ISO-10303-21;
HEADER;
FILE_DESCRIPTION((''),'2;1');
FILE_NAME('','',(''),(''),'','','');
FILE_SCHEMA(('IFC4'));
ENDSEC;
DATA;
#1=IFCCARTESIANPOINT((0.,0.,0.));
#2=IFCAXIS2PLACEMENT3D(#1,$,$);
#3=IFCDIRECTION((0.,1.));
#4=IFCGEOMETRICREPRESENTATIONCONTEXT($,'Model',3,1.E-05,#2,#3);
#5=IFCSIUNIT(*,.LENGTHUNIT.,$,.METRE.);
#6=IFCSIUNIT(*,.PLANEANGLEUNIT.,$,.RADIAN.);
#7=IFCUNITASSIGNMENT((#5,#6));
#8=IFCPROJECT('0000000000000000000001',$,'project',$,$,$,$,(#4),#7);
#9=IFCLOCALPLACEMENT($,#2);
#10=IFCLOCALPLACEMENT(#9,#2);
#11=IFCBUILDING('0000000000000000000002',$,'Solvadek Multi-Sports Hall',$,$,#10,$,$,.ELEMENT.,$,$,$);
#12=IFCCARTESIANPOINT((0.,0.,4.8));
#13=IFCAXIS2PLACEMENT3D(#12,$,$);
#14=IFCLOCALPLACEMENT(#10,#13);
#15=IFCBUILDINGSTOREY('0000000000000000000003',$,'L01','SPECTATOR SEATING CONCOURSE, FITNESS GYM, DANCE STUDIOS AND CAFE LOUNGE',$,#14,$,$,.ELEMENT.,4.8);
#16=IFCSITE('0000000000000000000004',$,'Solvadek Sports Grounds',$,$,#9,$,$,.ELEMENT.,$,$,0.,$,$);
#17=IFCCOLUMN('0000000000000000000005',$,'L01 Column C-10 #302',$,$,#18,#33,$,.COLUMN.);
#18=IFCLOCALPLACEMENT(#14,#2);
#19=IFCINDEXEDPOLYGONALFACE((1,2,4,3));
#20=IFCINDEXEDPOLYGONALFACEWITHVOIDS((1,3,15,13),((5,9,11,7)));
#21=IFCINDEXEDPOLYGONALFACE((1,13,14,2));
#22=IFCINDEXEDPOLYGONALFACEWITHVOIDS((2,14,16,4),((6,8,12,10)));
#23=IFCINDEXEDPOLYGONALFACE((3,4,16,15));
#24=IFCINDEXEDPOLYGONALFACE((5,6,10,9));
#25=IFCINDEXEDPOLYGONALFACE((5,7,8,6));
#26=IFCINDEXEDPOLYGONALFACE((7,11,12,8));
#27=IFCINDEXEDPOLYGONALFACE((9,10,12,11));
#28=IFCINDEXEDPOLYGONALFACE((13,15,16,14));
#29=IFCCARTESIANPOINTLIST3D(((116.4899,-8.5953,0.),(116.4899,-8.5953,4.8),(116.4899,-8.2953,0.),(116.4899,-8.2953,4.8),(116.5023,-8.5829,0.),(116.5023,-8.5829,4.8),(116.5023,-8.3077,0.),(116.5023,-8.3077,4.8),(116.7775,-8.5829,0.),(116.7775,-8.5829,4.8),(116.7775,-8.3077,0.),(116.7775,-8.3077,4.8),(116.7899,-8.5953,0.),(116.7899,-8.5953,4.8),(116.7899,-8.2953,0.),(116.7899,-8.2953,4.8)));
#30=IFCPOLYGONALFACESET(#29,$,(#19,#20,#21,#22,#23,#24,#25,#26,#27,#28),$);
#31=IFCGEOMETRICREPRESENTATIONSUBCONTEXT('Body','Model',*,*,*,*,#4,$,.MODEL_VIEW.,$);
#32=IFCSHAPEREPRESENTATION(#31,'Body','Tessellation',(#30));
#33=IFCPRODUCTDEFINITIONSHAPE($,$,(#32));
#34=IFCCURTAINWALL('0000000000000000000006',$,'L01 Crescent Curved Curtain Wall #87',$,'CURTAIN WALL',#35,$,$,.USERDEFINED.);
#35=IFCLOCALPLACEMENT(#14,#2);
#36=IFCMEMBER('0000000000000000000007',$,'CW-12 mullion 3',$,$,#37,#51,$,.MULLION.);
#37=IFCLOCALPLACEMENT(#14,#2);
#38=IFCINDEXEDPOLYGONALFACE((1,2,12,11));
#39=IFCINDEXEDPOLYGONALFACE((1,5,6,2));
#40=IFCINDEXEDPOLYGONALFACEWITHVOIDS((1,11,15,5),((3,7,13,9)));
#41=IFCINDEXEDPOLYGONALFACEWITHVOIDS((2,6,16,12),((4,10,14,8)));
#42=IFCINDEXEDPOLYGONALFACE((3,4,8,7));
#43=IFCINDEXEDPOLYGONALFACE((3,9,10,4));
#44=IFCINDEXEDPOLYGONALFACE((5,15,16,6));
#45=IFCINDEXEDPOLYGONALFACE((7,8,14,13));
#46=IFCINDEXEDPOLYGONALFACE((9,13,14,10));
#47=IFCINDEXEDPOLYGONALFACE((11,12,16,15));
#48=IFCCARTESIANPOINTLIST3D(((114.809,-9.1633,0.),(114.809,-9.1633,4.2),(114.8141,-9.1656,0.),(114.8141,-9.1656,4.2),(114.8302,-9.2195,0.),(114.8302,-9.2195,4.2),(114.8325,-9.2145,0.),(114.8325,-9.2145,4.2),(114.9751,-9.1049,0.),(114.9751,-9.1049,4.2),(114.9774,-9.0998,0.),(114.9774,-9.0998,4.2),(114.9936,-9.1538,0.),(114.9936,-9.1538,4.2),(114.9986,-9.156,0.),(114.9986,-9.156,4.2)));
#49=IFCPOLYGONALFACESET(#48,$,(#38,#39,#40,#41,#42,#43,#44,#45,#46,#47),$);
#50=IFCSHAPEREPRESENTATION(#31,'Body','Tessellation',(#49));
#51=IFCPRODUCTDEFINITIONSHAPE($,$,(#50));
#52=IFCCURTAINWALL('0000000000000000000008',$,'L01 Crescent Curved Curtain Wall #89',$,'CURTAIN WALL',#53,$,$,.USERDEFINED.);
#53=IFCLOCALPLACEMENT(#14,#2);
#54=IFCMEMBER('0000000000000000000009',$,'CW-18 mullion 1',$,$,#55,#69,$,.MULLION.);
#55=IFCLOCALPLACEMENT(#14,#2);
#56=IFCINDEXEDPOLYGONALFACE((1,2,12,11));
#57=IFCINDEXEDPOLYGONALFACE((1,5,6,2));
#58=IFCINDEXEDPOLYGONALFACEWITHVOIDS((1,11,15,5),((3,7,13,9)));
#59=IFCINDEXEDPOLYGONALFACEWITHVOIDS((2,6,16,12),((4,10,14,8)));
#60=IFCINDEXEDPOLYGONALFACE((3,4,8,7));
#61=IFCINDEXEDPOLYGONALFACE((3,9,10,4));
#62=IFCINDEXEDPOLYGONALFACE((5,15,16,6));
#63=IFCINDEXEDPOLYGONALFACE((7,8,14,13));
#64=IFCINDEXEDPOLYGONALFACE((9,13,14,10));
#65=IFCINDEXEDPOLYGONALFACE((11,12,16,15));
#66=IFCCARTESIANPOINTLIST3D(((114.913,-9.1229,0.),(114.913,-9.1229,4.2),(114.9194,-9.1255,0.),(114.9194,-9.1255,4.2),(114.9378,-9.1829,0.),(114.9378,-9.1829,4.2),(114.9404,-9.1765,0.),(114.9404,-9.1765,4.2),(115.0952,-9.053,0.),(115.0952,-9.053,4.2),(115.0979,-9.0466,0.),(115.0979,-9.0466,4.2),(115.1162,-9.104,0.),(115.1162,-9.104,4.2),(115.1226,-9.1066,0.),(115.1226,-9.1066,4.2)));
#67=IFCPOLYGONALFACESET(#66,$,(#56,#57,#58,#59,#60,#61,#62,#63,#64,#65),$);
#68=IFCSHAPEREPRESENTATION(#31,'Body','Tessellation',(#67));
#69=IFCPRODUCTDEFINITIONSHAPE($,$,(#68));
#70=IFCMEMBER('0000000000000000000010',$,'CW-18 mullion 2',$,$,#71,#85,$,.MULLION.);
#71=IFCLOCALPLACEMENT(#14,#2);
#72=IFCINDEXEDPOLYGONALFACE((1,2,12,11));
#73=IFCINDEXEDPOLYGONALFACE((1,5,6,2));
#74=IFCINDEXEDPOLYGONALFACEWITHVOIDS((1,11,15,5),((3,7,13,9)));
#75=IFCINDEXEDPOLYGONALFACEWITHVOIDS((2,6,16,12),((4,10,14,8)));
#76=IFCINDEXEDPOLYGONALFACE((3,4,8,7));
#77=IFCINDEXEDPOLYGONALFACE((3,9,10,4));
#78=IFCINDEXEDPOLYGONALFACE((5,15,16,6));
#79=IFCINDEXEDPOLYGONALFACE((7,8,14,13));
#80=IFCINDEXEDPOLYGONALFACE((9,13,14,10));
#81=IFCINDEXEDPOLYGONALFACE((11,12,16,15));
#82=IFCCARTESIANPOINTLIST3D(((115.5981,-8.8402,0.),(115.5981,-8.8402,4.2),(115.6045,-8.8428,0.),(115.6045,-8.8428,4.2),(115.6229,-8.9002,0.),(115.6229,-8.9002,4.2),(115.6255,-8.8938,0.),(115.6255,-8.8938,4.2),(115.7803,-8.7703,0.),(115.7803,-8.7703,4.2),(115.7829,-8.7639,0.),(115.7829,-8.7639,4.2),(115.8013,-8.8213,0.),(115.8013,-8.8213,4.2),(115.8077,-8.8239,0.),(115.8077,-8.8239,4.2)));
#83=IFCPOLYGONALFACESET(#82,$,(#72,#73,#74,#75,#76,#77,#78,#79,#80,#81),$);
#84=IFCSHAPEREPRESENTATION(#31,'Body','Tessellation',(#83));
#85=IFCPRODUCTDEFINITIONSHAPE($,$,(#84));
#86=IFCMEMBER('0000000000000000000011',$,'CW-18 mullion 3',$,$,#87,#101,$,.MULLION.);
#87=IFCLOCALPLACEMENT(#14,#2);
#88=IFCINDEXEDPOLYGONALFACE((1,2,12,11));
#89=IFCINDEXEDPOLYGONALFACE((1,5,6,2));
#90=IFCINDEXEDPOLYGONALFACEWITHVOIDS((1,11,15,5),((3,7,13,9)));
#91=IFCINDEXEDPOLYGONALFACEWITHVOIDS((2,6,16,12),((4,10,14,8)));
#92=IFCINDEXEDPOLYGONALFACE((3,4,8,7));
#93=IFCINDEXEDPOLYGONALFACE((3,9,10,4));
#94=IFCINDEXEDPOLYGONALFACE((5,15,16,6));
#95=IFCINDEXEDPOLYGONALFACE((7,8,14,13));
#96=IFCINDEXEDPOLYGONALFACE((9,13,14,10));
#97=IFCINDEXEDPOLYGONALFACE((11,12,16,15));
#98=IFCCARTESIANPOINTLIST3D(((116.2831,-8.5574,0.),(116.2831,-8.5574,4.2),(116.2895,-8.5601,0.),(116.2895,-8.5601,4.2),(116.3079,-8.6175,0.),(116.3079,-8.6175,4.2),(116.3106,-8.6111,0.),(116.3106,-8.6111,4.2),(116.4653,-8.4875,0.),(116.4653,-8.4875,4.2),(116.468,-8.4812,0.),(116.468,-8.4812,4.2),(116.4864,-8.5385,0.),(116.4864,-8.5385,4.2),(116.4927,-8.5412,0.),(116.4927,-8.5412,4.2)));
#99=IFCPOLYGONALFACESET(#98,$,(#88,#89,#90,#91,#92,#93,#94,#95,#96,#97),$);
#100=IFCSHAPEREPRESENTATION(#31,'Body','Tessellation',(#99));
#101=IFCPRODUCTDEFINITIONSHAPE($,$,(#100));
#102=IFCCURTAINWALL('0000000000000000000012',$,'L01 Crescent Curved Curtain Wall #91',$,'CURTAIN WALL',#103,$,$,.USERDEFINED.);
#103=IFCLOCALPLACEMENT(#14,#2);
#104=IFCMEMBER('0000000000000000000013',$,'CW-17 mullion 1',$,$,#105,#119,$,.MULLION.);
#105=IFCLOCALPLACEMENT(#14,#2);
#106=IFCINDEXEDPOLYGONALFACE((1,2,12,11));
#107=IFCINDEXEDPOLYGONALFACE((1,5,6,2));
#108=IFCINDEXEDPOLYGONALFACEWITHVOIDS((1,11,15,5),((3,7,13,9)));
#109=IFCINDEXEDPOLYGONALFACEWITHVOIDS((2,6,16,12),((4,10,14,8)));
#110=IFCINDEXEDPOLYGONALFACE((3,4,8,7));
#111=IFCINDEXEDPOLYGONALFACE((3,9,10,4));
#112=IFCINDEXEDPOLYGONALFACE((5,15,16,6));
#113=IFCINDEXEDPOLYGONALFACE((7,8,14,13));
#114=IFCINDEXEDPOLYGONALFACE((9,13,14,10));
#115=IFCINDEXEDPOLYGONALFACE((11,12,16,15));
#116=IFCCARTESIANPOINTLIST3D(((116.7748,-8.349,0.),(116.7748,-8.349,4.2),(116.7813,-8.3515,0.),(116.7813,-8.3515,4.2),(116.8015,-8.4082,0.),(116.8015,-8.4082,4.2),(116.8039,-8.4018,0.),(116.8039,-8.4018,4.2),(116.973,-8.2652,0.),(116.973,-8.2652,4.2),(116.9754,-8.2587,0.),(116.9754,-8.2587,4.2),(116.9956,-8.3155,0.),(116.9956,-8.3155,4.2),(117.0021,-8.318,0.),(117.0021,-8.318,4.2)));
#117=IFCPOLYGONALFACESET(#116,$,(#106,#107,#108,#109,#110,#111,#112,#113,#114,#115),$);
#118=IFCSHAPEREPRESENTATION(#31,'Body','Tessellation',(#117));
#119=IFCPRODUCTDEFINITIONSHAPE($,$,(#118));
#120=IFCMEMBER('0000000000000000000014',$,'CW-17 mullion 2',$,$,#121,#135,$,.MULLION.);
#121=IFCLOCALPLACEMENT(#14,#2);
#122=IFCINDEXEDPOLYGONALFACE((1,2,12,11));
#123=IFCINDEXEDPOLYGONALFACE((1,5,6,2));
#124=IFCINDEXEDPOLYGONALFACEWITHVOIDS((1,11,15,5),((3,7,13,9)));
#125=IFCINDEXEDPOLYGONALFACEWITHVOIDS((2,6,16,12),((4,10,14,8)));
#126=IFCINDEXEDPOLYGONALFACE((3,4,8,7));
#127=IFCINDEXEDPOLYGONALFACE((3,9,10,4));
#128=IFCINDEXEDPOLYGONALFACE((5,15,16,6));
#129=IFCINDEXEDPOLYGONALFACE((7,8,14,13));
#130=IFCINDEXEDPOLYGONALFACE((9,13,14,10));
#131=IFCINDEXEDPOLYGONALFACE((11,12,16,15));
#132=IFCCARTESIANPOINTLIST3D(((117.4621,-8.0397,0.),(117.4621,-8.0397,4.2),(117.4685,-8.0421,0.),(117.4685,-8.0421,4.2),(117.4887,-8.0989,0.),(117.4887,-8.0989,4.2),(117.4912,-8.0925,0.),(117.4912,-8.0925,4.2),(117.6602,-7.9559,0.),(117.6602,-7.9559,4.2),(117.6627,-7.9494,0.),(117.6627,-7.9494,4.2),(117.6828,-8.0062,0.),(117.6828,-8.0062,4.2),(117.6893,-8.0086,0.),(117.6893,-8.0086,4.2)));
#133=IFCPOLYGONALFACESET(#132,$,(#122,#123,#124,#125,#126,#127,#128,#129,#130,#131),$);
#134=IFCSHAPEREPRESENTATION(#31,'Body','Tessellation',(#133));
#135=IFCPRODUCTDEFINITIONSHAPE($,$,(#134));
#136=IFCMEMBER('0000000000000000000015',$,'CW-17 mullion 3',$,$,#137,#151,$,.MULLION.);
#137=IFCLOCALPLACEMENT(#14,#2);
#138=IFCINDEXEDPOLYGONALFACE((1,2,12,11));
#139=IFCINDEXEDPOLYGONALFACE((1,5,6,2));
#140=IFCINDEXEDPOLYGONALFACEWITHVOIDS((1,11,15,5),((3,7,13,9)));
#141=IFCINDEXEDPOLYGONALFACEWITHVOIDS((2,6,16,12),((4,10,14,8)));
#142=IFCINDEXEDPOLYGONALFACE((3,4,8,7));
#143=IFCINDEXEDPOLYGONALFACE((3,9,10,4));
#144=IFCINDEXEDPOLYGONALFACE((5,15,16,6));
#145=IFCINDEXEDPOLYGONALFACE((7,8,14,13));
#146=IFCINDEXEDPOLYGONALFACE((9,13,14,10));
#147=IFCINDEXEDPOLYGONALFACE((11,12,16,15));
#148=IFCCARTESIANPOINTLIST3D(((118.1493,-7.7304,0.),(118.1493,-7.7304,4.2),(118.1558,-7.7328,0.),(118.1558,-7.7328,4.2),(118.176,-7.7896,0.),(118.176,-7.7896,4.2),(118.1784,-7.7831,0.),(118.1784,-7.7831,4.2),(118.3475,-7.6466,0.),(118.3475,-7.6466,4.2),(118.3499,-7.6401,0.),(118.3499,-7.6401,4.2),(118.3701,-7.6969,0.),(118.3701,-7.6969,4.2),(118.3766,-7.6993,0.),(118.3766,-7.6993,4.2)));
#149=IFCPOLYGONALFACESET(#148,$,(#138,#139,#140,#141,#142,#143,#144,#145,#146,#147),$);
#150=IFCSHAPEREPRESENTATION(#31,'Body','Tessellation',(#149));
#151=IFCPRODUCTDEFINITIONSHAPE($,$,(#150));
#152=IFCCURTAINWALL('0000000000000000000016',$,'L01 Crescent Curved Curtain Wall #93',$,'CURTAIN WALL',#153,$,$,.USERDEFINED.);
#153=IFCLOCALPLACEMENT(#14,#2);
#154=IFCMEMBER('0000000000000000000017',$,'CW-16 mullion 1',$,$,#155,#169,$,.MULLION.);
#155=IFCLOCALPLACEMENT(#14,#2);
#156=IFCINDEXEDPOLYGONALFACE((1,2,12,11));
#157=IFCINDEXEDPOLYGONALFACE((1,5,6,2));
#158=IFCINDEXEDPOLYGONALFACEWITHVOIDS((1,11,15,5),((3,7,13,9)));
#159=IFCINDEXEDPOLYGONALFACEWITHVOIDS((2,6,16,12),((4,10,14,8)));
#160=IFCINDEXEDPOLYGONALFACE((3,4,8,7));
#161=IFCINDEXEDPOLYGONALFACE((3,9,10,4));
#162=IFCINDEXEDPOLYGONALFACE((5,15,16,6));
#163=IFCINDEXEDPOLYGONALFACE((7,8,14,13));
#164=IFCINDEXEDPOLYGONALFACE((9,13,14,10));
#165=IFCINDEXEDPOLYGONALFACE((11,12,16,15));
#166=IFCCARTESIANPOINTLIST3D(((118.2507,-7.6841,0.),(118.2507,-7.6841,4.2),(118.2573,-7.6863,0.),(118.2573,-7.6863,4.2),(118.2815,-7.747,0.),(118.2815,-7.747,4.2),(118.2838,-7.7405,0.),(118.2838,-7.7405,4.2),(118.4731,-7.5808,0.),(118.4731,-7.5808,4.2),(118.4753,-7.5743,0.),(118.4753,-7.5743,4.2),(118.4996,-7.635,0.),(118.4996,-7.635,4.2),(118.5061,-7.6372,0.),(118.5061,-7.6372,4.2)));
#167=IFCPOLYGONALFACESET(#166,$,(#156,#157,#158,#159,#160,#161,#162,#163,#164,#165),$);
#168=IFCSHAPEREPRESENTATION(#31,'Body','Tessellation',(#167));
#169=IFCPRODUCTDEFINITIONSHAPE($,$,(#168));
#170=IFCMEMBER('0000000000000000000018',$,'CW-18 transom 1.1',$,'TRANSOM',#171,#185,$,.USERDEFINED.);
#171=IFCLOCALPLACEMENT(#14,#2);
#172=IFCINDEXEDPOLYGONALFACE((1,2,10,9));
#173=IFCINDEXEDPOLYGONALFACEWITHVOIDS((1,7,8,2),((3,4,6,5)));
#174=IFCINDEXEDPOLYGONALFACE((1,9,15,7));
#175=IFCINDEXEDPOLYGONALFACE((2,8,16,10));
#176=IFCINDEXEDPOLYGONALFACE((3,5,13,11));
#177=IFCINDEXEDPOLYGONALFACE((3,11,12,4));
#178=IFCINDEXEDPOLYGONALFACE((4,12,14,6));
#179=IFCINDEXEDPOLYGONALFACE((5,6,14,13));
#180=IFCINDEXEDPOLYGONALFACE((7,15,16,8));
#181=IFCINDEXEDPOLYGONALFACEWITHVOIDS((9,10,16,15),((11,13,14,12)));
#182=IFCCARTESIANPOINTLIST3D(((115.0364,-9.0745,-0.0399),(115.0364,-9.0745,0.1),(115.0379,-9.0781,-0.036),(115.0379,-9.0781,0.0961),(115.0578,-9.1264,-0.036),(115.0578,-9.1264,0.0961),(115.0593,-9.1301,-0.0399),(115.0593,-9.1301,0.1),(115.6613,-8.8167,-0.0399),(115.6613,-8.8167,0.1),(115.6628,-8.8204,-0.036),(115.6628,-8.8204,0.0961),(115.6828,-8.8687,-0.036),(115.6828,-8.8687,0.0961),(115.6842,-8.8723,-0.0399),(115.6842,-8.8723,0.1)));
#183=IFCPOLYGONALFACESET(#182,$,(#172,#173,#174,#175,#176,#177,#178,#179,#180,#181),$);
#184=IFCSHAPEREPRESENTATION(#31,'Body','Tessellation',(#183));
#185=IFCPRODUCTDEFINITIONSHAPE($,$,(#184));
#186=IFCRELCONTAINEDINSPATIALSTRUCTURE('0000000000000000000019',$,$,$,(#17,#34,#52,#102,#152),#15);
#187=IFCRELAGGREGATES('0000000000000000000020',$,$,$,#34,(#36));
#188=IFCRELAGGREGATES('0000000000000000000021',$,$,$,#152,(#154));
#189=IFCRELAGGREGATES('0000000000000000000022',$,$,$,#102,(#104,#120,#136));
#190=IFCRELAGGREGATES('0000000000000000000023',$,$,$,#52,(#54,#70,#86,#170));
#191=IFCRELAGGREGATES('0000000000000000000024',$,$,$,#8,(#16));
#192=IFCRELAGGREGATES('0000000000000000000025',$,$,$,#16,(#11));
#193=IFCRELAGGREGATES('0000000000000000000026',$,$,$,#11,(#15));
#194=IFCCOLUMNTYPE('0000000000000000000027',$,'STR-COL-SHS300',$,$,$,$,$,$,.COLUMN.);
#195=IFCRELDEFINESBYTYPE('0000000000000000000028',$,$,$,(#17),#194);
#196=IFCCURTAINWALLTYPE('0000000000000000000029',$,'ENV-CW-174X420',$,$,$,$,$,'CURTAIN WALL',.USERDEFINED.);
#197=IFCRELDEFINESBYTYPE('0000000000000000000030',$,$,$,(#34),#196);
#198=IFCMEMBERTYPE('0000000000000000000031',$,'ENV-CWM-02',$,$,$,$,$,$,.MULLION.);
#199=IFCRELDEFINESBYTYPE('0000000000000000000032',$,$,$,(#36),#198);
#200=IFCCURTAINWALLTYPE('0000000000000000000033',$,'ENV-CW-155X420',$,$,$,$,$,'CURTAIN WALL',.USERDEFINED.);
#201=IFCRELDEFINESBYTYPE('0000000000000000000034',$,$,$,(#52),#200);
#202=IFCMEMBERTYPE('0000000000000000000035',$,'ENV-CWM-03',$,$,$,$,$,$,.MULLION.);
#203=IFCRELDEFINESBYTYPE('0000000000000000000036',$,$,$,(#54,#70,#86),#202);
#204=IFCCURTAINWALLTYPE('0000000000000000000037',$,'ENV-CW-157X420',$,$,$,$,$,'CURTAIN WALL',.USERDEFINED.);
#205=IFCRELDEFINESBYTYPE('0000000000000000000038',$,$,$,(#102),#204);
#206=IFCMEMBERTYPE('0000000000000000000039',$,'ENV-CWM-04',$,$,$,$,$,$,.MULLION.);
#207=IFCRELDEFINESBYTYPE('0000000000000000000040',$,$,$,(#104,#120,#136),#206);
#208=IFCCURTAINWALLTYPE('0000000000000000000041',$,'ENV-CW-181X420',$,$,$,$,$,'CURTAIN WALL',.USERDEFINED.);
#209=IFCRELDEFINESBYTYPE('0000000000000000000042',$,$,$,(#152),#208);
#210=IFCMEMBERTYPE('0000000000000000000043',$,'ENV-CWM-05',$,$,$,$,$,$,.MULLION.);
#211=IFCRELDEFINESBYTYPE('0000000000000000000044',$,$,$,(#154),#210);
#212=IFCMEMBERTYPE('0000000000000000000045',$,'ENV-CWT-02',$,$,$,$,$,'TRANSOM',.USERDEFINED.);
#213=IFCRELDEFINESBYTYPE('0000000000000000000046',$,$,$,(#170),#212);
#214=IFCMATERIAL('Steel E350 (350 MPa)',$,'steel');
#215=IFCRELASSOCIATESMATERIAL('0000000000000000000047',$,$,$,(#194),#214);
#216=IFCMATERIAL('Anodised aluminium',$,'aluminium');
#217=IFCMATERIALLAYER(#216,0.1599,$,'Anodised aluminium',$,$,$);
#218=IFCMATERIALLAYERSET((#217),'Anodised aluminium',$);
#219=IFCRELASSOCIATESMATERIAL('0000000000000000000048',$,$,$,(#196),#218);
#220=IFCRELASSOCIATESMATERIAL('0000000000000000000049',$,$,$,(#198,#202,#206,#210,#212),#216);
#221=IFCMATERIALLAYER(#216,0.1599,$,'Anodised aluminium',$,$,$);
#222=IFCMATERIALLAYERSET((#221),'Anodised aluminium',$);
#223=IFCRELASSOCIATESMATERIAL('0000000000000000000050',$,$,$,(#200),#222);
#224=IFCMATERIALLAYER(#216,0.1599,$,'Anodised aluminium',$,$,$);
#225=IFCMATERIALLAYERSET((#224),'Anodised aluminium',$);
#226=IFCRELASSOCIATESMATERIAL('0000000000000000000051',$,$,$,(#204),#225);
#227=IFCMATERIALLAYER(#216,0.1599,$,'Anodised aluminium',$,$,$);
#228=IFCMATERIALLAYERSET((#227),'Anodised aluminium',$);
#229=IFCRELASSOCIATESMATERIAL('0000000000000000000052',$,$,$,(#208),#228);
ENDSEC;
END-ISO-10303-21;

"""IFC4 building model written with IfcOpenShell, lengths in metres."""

from ifc_helpers import new_model, si_unit, direction, frame, origin, origin_2d, place, context, subcontext, project, spatial, hollow_rectangle, extrude, material, layer, layer_set, material_profile, profile_set, type_object, element, aggregate, save


model = new_model("IFC4")

# Units and contexts
model_context = context("Model", 3, precision=1e-05, world=origin(), true_north=direction((0.0, 1.0)))
body_context = subcontext(model_context, "Body", "Model", "MODEL_VIEW")
ifc_project = project(units=[si_unit("LENGTHUNIT", "METRE"), si_unit("PLANEANGLEUNIT", "RADIAN")], contexts=[model_context])

# Site, building, storey
site_placement = place(None, origin())
site = spatial("IfcSite", under=ifc_project, at=site_placement, Name="Solvadek Sports Grounds", CompositionType="ELEMENT", RefElevation=0.0)
building_placement = place(site_placement, origin())
building = spatial("IfcBuilding", under=site, at=building_placement, Name="Solvadek Multi-Sports Hall", CompositionType="ELEMENT")
storey_placement = place(building_placement, frame((0.0, 0.0, 4.8)))
storey = spatial("IfcBuildingStorey", under=building, at=storey_placement, Name="L01", Description="SPECTATOR SEATING CONCOURSE, FITNESS GYM, DANCE STUDIOS AND CAFE LOUNGE", CompositionType="ELEMENT", Elevation=4.8)

# Column
ifc_material_1 = material(Name="Steel E350 (350 MPa)", Category="steel")
ifc_material_profile_1 = material_profile(ifc_material_1, hollow_rectangle(XDim=0.3, YDim=0.3, WallThickness=0.0125, at=origin_2d()), Name="SHS 300x300x12.5")
ifc_profile_set_1 = profile_set([ifc_material_profile_1], Name="Steel E350 (350 MPa)")
column_type = type_object("IfcColumnType", Name="STR-COL-SHS300", PredefinedType="COLUMN", material=ifc_profile_set_1)
column_placement = place(storey_placement, frame((116.6399, -8.4453, 0.0), z_axis=(0.0, 0.0, 1.0), x_axis=(1.0, 0.0, 0.0)))
element("IfcColumn", 1, at=column_placement, inside=storey, type_object=column_type, Name="L01 Column C-10 #302", PredefinedType="COLUMN", context=body_context, shape_type="SweptSolid", body=[
    extrude(hollow_rectangle(XDim=0.3, YDim=0.3, WallThickness=0.0125, at=origin_2d()), origin(), (0.0, 0.0, 1.0), 4.8),
])

# Curtain wall, member
ifc_material_2 = material(Name="Anodised aluminium", Category="aluminium")
ifc_layer_1 = layer(ifc_material_2, 0.1599, Name="Anodised aluminium")
ifc_layer_set_1 = layer_set([ifc_layer_1], Name="Anodised aluminium")
curtain_wall_type_1 = type_object("IfcCurtainWallType", Name="ENV-CW-174X420", ElementType="CURTAIN WALL", PredefinedType="USERDEFINED", material=ifc_layer_set_1)
curtain_wall_1_placement = place(storey_placement, origin())
curtain_wall_1 = element("IfcCurtainWall", 2, at=curtain_wall_1_placement, inside=storey, type_object=curtain_wall_type_1, Name="L01 Crescent Curved Curtain Wall #87", ObjectType="CURTAIN WALL", PredefinedType="USERDEFINED")
ifc_material_profile_2 = material_profile(ifc_material_2, hollow_rectangle(XDim=0.0601, YDim=0.1799, WallThickness=0.0039, at=origin_2d()), Name="ALU-M 180x60x4")
ifc_profile_set_2 = profile_set([ifc_material_profile_2], Name="Anodised aluminium")
member_type_1 = type_object("IfcMemberType", Name="ENV-CWM-02", PredefinedType="MULLION", material=ifc_profile_set_2)
member_1_placement = place(storey_placement, frame((114.9038, -9.1597, 0.0), z_axis=(0.0, 0.0, 1.0), x_axis=(-0.352626, 0.935764, 0.0)))
member_1 = element("IfcMember", 3, at=member_1_placement, type_object=member_type_1, Name="CW-12 mullion 3", PredefinedType="MULLION", context=body_context, shape_type="SweptSolid", body=[
    extrude(hollow_rectangle(XDim=0.0601, YDim=0.1799, WallThickness=0.0039, at=origin_2d()), origin(), (0.0, 0.0, 1.0), 4.2),
])
aggregate(curtain_wall_1, [member_1])

# Curtain walls, members
ifc_layer_2 = layer(ifc_material_2, 0.1599, Name="Anodised aluminium")
ifc_layer_set_2 = layer_set([ifc_layer_2], Name="Anodised aluminium")
curtain_wall_type_2 = type_object("IfcCurtainWallType", Name="ENV-CW-155X420", ElementType="CURTAIN WALL", PredefinedType="USERDEFINED", material=ifc_layer_set_2)
curtain_wall_2_placement = place(storey_placement, origin())
curtain_wall_2 = element("IfcCurtainWall", 4, at=curtain_wall_2_placement, inside=storey, type_object=curtain_wall_type_2, Name="L01 Crescent Curved Curtain Wall #89", ObjectType="CURTAIN WALL", PredefinedType="USERDEFINED")
ifc_material_profile_3 = material_profile(ifc_material_2, hollow_rectangle(XDim=0.0649, YDim=0.2, WallThickness=0.0049, at=origin_2d()), Name="ALU-M 200x65x5")
ifc_profile_set_3 = profile_set([ifc_material_profile_3], Name="Anodised aluminium")
member_type_2 = type_object("IfcMemberType", Name="ENV-CWM-03", PredefinedType="MULLION", material=ifc_profile_set_3)
member_2_placement = place(storey_placement, frame((115.0178, -9.1147, 0.0), z_axis=(0.0, 0.0, 1.0), x_axis=(-0.381475, 0.924379, 0.0)))
member_2 = element("IfcMember", 5, at=member_2_placement, type_object=member_type_2, Name="CW-18 mullion 1", PredefinedType="MULLION", context=body_context, shape_type="SweptSolid", body=[
    extrude(hollow_rectangle(XDim=0.0649, YDim=0.2, WallThickness=0.0049, at=origin_2d()), origin(), (0.0, 0.0, 1.0), 4.2),
])
member_3_placement = place(storey_placement, frame((115.7029, -8.832, 0.0), z_axis=(0.0, 0.0, 1.0), x_axis=(-0.381475, 0.924379, 0.0)))
member_3 = element("IfcMember", 6, at=member_3_placement, type_object=member_type_2, Name="CW-18 mullion 2", PredefinedType="MULLION", context=body_context, shape_type="SweptSolid", body=[
    extrude(hollow_rectangle(XDim=0.0649, YDim=0.2, WallThickness=0.0049, at=origin_2d()), origin(), (0.0, 0.0, 1.0), 4.2),
])
member_4_placement = place(storey_placement, frame((116.3879, -8.5493, 0.0), z_axis=(0.0, 0.0, 1.0), x_axis=(-0.381475, 0.924379, 0.0)))
member_4 = element("IfcMember", 7, at=member_4_placement, type_object=member_type_2, Name="CW-18 mullion 3", PredefinedType="MULLION", context=body_context, shape_type="SweptSolid", body=[
    extrude(hollow_rectangle(XDim=0.0649, YDim=0.2, WallThickness=0.0049, at=origin_2d()), origin(), (0.0, 0.0, 1.0), 4.2),
])
ifc_layer_3 = layer(ifc_material_2, 0.1599, Name="Anodised aluminium")
ifc_layer_set_3 = layer_set([ifc_layer_3], Name="Anodised aluminium")
curtain_wall_type_3 = type_object("IfcCurtainWallType", Name="ENV-CW-157X420", ElementType="CURTAIN WALL", PredefinedType="USERDEFINED", material=ifc_layer_set_3)
curtain_wall_3_placement = place(storey_placement, origin())
curtain_wall_3 = element("IfcCurtainWall", 8, at=curtain_wall_3_placement, inside=storey, type_object=curtain_wall_type_3, Name="L01 Crescent Curved Curtain Wall #91", ObjectType="CURTAIN WALL", PredefinedType="USERDEFINED")
ifc_material_profile_4 = material_profile(ifc_material_2, hollow_rectangle(XDim=0.0649, YDim=0.22, WallThickness=0.0049, at=origin_2d()), Name="ALU-M 220x65x5")
ifc_profile_set_4 = profile_set([ifc_material_profile_4], Name="Anodised aluminium")
member_type_3 = type_object("IfcMemberType", Name="ENV-CWM-04", PredefinedType="MULLION", material=ifc_profile_set_4)
member_5_placement = place(storey_placement, frame((116.8884, -8.3335, 0.0), z_axis=(0.0, 0.0, 1.0), x_axis=(-0.410383, 0.911913, 0.0)))
member_5 = element("IfcMember", 9, at=member_5_placement, type_object=member_type_3, Name="CW-17 mullion 1", PredefinedType="MULLION", context=body_context, shape_type="SweptSolid", body=[
    extrude(hollow_rectangle(XDim=0.0649, YDim=0.22, WallThickness=0.0049, at=origin_2d()), origin(), (0.0, 0.0, 1.0), 4.2),
])
member_6_placement = place(storey_placement, frame((117.5757, -8.0242, 0.0), z_axis=(0.0, 0.0, 1.0), x_axis=(-0.410383, 0.911913, 0.0)))
member_6 = element("IfcMember", 10, at=member_6_placement, type_object=member_type_3, Name="CW-17 mullion 2", PredefinedType="MULLION", context=body_context, shape_type="SweptSolid", body=[
    extrude(hollow_rectangle(XDim=0.0649, YDim=0.22, WallThickness=0.0049, at=origin_2d()), origin(), (0.0, 0.0, 1.0), 4.2),
])
member_7_placement = place(storey_placement, frame((118.2629, -7.7148, 0.0), z_axis=(0.0, 0.0, 1.0), x_axis=(-0.410383, 0.911913, 0.0)))
member_7 = element("IfcMember", 11, at=member_7_placement, type_object=member_type_3, Name="CW-17 mullion 3", PredefinedType="MULLION", context=body_context, shape_type="SweptSolid", body=[
    extrude(hollow_rectangle(XDim=0.0649, YDim=0.22, WallThickness=0.0049, at=origin_2d()), origin(), (0.0, 0.0, 1.0), 4.2),
])

# Curtain wall, member
ifc_layer_4 = layer(ifc_material_2, 0.1599, Name="Anodised aluminium")
ifc_layer_set_4 = layer_set([ifc_layer_4], Name="Anodised aluminium")
curtain_wall_type_4 = type_object("IfcCurtainWallType", Name="ENV-CW-181X420", ElementType="CURTAIN WALL", PredefinedType="USERDEFINED", material=ifc_layer_set_4)
curtain_wall_4_placement = place(storey_placement, origin())
curtain_wall_4 = element("IfcCurtainWall", 12, at=curtain_wall_4_placement, inside=storey, type_object=curtain_wall_type_4, Name="L01 Crescent Curved Curtain Wall #93", ObjectType="CURTAIN WALL", PredefinedType="USERDEFINED")
ifc_material_profile_5 = material_profile(ifc_material_2, hollow_rectangle(XDim=0.0701, YDim=0.25, WallThickness=0.0049, at=origin_2d()), Name="ALU-M 250x70x5")
ifc_profile_set_5 = profile_set([ifc_material_profile_5], Name="Anodised aluminium")
member_type_4 = type_object("IfcMemberType", Name="ENV-CWM-05", PredefinedType="MULLION", material=ifc_profile_set_5)
member_8_placement = place(storey_placement, frame((118.3784, -7.6606, 0.0), z_axis=(0.0, 0.0, 1.0), x_axis=(-0.43924, 0.89837, 0.0)))
member_8 = element("IfcMember", 13, at=member_8_placement, type_object=member_type_4, Name="CW-16 mullion 1", PredefinedType="MULLION", context=body_context, shape_type="SweptSolid", body=[
    extrude(hollow_rectangle(XDim=0.0701, YDim=0.25, WallThickness=0.0049, at=origin_2d()), origin(), (0.0, 0.0, 1.0), 4.2),
])

# Member
ifc_material_profile_6 = material_profile(ifc_material_2, hollow_rectangle(XDim=0.0601, YDim=0.1399, WallThickness=0.0039, at=origin_2d()), Name="ALU-T 140x60x4")
ifc_profile_set_6 = profile_set([ifc_material_profile_6], Name="Anodised aluminium")
member_type_5 = type_object("IfcMemberType", Name="ENV-CWT-02", ElementType="TRANSOM", PredefinedType="USERDEFINED", material=ifc_profile_set_6)
member_9_placement = place(storey_placement, frame((115.0479, -9.1023, 0.03), z_axis=(0.924439, 0.381331, 0.0), x_axis=(-0.381331, 0.924439, 0.0)))
member_9 = element("IfcMember", 14, at=member_9_placement, type_object=member_type_5, Name="CW-18 transom 1.1", ObjectType="TRANSOM", PredefinedType="USERDEFINED", context=body_context, shape_type="SweptSolid", body=[
    extrude(hollow_rectangle(XDim=0.0601, YDim=0.1399, WallThickness=0.0039, at=origin_2d()), origin(), (0.0, 0.0, 1.0), 0.676),
])
aggregate(curtain_wall_4, [member_8])

aggregate(curtain_wall_3, [member_5, member_6, member_7])
aggregate(curtain_wall_2, [member_2, member_3, member_4, member_9])

save(model, "model.ifc")
